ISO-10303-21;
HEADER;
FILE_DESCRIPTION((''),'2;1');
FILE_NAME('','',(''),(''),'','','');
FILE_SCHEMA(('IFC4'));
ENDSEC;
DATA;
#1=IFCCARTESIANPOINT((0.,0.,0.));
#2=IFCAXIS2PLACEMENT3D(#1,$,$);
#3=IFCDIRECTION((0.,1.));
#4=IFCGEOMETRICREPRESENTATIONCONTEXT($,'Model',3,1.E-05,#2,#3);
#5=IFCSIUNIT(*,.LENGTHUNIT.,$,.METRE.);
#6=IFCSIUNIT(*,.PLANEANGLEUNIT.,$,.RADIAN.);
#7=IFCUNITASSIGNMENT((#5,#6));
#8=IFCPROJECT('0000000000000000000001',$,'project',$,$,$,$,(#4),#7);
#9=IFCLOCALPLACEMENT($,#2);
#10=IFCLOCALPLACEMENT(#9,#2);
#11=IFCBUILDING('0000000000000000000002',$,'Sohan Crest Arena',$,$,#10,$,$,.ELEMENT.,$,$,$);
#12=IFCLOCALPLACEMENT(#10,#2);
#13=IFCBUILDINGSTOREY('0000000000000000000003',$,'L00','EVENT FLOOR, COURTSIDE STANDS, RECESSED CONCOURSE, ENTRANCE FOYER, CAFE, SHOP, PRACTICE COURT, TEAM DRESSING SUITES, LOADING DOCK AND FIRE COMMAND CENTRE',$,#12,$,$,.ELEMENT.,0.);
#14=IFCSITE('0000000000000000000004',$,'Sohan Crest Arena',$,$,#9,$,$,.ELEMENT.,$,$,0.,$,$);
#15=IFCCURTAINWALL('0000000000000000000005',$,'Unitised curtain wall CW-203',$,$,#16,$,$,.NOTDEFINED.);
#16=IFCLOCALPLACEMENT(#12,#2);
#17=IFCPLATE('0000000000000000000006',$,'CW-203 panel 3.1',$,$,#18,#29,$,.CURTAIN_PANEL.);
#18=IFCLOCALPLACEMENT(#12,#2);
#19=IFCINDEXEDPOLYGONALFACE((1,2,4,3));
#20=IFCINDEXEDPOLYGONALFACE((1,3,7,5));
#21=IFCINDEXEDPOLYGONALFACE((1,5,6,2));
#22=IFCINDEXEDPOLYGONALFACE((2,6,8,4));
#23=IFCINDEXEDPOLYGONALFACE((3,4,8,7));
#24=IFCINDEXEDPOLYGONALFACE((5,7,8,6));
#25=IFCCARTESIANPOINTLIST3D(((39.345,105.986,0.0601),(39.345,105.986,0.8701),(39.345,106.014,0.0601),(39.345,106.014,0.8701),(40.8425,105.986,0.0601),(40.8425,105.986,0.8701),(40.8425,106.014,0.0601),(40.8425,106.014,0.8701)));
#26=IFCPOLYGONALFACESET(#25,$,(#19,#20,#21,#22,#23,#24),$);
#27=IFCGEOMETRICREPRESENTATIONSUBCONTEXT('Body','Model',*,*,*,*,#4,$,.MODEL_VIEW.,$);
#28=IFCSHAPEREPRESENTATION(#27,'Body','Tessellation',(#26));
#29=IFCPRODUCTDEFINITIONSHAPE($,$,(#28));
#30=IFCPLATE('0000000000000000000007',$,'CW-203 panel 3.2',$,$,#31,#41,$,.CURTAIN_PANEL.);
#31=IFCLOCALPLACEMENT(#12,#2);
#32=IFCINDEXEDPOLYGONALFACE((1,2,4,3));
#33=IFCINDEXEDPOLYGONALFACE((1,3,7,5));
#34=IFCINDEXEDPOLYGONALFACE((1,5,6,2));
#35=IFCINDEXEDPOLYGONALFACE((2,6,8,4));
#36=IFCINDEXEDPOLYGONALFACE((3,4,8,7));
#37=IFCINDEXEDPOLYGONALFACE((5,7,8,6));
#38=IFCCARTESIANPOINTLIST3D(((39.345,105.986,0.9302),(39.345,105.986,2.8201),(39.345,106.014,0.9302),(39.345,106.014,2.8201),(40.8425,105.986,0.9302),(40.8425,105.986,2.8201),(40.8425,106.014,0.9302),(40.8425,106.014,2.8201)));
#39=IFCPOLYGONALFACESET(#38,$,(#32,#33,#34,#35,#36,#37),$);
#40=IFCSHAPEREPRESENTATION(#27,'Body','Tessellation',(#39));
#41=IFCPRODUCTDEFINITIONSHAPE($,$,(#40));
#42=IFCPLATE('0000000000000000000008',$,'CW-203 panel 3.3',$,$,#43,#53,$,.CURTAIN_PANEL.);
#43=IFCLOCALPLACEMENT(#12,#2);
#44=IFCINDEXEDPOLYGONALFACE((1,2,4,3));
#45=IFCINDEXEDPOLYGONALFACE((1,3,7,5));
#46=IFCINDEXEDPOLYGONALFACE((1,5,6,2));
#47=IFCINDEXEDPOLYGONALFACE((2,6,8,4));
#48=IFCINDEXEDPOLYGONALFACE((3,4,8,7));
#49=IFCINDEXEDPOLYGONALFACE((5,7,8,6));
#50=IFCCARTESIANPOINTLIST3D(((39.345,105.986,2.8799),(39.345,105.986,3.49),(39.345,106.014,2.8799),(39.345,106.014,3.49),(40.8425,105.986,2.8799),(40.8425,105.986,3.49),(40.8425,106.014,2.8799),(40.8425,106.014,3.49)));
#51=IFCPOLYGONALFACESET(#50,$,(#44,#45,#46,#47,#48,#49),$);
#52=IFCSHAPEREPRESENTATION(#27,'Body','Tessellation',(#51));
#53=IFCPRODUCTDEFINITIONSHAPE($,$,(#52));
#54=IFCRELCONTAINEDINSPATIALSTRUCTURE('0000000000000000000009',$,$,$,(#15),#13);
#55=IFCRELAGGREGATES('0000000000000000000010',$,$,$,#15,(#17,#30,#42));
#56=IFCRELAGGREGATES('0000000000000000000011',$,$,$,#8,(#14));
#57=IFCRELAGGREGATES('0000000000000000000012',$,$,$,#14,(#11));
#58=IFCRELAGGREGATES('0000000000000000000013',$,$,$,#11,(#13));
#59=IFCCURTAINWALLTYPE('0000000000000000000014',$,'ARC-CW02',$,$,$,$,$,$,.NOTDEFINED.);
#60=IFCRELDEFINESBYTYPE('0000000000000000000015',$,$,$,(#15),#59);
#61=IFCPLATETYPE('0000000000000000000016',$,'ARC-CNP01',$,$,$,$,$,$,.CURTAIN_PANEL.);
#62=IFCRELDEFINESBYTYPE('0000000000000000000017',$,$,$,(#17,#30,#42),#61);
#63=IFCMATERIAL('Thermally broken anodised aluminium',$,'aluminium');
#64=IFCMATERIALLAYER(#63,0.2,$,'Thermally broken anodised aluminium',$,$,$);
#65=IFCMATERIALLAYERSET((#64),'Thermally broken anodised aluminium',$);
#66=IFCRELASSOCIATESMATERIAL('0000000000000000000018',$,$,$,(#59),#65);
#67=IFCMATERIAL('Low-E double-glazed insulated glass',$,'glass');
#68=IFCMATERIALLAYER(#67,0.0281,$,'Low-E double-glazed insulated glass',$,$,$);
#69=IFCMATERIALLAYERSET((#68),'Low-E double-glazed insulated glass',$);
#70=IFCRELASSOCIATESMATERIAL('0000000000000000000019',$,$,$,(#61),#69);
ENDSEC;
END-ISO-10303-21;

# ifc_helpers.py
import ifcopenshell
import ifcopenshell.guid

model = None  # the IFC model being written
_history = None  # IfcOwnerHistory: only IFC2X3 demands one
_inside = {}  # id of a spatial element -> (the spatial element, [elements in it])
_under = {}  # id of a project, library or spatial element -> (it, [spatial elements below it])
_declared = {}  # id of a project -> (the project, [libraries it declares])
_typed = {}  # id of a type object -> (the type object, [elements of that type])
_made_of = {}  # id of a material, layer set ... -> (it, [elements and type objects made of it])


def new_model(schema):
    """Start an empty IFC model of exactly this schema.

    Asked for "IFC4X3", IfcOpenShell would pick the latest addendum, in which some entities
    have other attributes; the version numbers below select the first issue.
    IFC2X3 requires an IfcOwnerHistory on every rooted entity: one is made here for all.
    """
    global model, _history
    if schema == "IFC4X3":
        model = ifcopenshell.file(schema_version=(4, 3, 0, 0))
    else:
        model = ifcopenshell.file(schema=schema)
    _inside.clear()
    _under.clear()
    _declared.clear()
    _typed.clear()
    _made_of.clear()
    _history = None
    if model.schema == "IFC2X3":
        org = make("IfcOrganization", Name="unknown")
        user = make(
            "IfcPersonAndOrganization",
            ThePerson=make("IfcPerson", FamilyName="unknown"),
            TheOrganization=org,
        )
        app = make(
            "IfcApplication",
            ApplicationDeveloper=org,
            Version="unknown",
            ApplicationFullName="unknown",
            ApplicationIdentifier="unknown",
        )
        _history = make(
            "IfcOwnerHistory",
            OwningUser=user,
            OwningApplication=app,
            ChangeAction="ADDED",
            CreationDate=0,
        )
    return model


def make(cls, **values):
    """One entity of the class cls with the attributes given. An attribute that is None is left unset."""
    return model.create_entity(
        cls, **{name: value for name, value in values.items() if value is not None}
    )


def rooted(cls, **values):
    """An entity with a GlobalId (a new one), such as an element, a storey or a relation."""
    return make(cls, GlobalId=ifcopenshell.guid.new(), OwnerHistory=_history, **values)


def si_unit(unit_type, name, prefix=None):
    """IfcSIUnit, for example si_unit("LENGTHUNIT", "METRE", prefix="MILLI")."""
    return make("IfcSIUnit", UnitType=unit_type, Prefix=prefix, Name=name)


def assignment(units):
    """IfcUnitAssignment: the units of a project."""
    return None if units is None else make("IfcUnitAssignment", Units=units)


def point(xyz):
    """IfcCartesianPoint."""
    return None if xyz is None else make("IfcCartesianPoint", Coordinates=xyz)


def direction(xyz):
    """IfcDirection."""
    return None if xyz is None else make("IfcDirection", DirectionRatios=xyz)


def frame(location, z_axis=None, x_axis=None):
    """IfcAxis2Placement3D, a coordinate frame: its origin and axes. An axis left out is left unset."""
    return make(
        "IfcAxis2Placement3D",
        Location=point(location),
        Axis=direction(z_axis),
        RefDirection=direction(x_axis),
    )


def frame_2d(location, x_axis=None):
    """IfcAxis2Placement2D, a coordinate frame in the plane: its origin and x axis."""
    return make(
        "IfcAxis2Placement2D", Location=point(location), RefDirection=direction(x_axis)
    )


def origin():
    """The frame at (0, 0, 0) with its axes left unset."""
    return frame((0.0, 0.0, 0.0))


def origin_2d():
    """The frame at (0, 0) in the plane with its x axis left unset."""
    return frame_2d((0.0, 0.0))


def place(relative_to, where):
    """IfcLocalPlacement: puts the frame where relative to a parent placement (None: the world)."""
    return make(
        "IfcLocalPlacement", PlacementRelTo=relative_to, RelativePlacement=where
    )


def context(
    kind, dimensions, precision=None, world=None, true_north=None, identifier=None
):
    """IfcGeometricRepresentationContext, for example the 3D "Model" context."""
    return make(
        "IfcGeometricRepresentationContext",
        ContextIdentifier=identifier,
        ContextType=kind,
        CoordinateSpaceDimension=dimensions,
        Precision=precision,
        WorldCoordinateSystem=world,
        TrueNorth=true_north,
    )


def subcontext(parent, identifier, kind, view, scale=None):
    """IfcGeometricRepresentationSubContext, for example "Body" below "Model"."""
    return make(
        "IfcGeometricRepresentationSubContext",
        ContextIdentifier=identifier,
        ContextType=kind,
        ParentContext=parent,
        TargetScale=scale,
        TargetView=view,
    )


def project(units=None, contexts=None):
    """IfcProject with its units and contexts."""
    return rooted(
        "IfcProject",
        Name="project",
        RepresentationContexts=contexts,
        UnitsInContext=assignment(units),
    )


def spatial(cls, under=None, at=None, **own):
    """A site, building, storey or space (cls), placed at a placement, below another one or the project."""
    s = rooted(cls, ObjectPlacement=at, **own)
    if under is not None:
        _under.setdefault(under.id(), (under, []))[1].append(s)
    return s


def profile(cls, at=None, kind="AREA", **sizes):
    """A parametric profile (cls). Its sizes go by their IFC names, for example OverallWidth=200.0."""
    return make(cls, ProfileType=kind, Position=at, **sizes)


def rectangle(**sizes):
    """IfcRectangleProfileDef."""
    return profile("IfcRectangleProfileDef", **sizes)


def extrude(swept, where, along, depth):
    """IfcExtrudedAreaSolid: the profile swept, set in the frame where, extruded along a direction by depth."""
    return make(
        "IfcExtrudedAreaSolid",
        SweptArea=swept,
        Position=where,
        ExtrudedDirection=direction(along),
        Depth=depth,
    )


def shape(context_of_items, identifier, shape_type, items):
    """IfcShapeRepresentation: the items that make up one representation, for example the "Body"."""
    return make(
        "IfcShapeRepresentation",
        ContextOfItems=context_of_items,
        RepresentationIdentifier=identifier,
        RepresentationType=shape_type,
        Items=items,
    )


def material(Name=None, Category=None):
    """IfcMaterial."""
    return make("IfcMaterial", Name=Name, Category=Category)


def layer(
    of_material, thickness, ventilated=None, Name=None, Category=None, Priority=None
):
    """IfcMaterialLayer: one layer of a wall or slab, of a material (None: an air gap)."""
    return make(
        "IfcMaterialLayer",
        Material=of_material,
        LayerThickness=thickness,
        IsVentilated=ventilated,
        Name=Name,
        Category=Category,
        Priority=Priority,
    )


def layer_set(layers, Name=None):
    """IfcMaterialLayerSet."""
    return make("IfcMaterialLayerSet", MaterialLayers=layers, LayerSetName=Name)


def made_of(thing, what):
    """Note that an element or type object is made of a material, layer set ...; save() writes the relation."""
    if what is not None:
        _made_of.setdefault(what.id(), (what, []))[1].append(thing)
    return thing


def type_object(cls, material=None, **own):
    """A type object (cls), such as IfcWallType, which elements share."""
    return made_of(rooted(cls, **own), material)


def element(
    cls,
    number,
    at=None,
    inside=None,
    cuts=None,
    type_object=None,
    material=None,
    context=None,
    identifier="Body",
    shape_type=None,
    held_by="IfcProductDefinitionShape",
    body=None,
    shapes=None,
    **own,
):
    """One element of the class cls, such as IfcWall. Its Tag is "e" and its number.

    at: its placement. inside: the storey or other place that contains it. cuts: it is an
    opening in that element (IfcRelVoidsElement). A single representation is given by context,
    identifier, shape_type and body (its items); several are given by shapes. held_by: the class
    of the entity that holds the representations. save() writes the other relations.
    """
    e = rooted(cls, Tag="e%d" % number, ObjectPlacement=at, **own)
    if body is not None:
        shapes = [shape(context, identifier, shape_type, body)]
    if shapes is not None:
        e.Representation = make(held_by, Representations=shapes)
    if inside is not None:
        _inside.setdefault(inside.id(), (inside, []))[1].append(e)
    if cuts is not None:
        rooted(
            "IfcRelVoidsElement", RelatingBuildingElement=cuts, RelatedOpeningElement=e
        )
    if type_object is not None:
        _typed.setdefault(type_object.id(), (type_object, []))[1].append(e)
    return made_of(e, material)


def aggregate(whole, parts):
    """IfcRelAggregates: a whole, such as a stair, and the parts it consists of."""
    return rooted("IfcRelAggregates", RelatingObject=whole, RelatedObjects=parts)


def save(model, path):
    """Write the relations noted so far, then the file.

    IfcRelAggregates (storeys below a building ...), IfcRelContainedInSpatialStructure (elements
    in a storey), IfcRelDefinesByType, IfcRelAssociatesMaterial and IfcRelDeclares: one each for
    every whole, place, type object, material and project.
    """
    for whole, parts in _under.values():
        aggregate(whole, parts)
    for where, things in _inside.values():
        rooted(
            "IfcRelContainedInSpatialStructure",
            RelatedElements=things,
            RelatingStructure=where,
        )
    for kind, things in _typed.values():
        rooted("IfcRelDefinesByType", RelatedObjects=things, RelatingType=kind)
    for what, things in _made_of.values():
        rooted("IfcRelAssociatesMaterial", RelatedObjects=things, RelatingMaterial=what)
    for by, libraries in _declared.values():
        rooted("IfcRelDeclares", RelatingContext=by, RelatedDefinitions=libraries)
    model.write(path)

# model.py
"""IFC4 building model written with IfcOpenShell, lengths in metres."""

from ifc_helpers import new_model, si_unit, direction, frame, origin, origin_2d, place, context, subcontext, project, spatial, rectangle, extrude, material, layer, layer_set, type_object, element, aggregate, save


model = new_model("IFC4")

# Units and contexts
model_context = context("Model", 3, precision=1e-05, world=origin(), true_north=direction((0.0, 1.0)))
body_context = subcontext(model_context, "Body", "Model", "MODEL_VIEW")
ifc_project = project(units=[si_unit("LENGTHUNIT", "METRE"), si_unit("PLANEANGLEUNIT", "RADIAN")], contexts=[model_context])

# Site, building, storey
site_placement = place(None, origin())
site = spatial("IfcSite", under=ifc_project, at=site_placement, Name="Sohan Crest Arena", CompositionType="ELEMENT", RefElevation=0.0)
building_placement = place(site_placement, origin())
building = spatial("IfcBuilding", under=site, at=building_placement, Name="Sohan Crest Arena", CompositionType="ELEMENT")
storey_placement = place(building_placement, origin())
storey = spatial("IfcBuildingStorey", under=building, at=storey_placement, Name="L00", Description="EVENT FLOOR, COURTSIDE STANDS, RECESSED CONCOURSE, ENTRANCE FOYER, CAFE, SHOP, PRACTICE COURT, TEAM DRESSING SUITES, LOADING DOCK AND FIRE COMMAND CENTRE", CompositionType="ELEMENT", Elevation=0.0)

# Curtain wall
ifc_material_1 = material(Name="Thermally broken anodised aluminium", Category="aluminium")
ifc_layer_1 = layer(ifc_material_1, 0.2, Name="Thermally broken anodised aluminium")
ifc_layer_set_1 = layer_set([ifc_layer_1], Name="Thermally broken anodised aluminium")
curtain_wall_type_1 = type_object("IfcCurtainWallType", Name="ARC-CW02", PredefinedType="NOTDEFINED", material=ifc_layer_set_1)
curtain_wall_1_placement = place(storey_placement, origin())
curtain_wall_1 = element("IfcCurtainWall", 1, at=curtain_wall_1_placement, inside=storey, type_object=curtain_wall_type_1, Name="Unitised curtain wall CW-203", PredefinedType="NOTDEFINED")

# Plates
ifc_material_2 = material(Name="Low-E double-glazed insulated glass", Category="glass")
ifc_layer_2 = layer(ifc_material_2, 0.0281, Name="Low-E double-glazed insulated glass")
ifc_layer_set_2 = layer_set([ifc_layer_2], Name="Low-E double-glazed insulated glass")
plate_type = type_object("IfcPlateType", Name="ARC-CNP01", PredefinedType="CURTAIN_PANEL", material=ifc_layer_set_2)
plate_1_placement = place(storey_placement, frame((40.0938, 106.0, 0.0601), z_axis=(0.0, 0.0, 1.0), x_axis=(-1.0, 0.0, 0.0)))
plate_1 = element("IfcPlate", 2, at=plate_1_placement, type_object=plate_type, Name="CW-203 panel 3.1", PredefinedType="CURTAIN_PANEL", context=body_context, shape_type="SweptSolid", body=[
    extrude(rectangle(XDim=1.4976, YDim=0.0281, at=origin_2d()), origin(), (0.0, 0.0, 1.0), 0.8101),
])
plate_2_placement = place(storey_placement, frame((40.0938, 106.0, 0.9302), z_axis=(0.0, 0.0, 1.0), x_axis=(-1.0, 0.0, 0.0)))
plate_2 = element("IfcPlate", 3, at=plate_2_placement, type_object=plate_type, Name="CW-203 panel 3.2", PredefinedType="CURTAIN_PANEL", context=body_context, shape_type="SweptSolid", body=[
    extrude(rectangle(XDim=1.4976, YDim=0.0281, at=origin_2d()), origin(), (0.0, 0.0, 1.0), 1.8899),
])
plate_3_placement = place(storey_placement, frame((40.0938, 106.0, 2.8799), z_axis=(0.0, 0.0, 1.0), x_axis=(-1.0, 0.0, 0.0)))
plate_3 = element("IfcPlate", 4, at=plate_3_placement, type_object=plate_type, Name="CW-203 panel 3.3", PredefinedType="CURTAIN_PANEL", context=body_context, shape_type="SweptSolid", body=[
    extrude(rectangle(XDim=1.4976, YDim=0.0281, at=origin_2d()), origin(), (0.0, 0.0, 1.0), 0.6101),
])
aggregate(curtain_wall_1, [plate_1, plate_2, plate_3])

save(model, "model.ifc")
